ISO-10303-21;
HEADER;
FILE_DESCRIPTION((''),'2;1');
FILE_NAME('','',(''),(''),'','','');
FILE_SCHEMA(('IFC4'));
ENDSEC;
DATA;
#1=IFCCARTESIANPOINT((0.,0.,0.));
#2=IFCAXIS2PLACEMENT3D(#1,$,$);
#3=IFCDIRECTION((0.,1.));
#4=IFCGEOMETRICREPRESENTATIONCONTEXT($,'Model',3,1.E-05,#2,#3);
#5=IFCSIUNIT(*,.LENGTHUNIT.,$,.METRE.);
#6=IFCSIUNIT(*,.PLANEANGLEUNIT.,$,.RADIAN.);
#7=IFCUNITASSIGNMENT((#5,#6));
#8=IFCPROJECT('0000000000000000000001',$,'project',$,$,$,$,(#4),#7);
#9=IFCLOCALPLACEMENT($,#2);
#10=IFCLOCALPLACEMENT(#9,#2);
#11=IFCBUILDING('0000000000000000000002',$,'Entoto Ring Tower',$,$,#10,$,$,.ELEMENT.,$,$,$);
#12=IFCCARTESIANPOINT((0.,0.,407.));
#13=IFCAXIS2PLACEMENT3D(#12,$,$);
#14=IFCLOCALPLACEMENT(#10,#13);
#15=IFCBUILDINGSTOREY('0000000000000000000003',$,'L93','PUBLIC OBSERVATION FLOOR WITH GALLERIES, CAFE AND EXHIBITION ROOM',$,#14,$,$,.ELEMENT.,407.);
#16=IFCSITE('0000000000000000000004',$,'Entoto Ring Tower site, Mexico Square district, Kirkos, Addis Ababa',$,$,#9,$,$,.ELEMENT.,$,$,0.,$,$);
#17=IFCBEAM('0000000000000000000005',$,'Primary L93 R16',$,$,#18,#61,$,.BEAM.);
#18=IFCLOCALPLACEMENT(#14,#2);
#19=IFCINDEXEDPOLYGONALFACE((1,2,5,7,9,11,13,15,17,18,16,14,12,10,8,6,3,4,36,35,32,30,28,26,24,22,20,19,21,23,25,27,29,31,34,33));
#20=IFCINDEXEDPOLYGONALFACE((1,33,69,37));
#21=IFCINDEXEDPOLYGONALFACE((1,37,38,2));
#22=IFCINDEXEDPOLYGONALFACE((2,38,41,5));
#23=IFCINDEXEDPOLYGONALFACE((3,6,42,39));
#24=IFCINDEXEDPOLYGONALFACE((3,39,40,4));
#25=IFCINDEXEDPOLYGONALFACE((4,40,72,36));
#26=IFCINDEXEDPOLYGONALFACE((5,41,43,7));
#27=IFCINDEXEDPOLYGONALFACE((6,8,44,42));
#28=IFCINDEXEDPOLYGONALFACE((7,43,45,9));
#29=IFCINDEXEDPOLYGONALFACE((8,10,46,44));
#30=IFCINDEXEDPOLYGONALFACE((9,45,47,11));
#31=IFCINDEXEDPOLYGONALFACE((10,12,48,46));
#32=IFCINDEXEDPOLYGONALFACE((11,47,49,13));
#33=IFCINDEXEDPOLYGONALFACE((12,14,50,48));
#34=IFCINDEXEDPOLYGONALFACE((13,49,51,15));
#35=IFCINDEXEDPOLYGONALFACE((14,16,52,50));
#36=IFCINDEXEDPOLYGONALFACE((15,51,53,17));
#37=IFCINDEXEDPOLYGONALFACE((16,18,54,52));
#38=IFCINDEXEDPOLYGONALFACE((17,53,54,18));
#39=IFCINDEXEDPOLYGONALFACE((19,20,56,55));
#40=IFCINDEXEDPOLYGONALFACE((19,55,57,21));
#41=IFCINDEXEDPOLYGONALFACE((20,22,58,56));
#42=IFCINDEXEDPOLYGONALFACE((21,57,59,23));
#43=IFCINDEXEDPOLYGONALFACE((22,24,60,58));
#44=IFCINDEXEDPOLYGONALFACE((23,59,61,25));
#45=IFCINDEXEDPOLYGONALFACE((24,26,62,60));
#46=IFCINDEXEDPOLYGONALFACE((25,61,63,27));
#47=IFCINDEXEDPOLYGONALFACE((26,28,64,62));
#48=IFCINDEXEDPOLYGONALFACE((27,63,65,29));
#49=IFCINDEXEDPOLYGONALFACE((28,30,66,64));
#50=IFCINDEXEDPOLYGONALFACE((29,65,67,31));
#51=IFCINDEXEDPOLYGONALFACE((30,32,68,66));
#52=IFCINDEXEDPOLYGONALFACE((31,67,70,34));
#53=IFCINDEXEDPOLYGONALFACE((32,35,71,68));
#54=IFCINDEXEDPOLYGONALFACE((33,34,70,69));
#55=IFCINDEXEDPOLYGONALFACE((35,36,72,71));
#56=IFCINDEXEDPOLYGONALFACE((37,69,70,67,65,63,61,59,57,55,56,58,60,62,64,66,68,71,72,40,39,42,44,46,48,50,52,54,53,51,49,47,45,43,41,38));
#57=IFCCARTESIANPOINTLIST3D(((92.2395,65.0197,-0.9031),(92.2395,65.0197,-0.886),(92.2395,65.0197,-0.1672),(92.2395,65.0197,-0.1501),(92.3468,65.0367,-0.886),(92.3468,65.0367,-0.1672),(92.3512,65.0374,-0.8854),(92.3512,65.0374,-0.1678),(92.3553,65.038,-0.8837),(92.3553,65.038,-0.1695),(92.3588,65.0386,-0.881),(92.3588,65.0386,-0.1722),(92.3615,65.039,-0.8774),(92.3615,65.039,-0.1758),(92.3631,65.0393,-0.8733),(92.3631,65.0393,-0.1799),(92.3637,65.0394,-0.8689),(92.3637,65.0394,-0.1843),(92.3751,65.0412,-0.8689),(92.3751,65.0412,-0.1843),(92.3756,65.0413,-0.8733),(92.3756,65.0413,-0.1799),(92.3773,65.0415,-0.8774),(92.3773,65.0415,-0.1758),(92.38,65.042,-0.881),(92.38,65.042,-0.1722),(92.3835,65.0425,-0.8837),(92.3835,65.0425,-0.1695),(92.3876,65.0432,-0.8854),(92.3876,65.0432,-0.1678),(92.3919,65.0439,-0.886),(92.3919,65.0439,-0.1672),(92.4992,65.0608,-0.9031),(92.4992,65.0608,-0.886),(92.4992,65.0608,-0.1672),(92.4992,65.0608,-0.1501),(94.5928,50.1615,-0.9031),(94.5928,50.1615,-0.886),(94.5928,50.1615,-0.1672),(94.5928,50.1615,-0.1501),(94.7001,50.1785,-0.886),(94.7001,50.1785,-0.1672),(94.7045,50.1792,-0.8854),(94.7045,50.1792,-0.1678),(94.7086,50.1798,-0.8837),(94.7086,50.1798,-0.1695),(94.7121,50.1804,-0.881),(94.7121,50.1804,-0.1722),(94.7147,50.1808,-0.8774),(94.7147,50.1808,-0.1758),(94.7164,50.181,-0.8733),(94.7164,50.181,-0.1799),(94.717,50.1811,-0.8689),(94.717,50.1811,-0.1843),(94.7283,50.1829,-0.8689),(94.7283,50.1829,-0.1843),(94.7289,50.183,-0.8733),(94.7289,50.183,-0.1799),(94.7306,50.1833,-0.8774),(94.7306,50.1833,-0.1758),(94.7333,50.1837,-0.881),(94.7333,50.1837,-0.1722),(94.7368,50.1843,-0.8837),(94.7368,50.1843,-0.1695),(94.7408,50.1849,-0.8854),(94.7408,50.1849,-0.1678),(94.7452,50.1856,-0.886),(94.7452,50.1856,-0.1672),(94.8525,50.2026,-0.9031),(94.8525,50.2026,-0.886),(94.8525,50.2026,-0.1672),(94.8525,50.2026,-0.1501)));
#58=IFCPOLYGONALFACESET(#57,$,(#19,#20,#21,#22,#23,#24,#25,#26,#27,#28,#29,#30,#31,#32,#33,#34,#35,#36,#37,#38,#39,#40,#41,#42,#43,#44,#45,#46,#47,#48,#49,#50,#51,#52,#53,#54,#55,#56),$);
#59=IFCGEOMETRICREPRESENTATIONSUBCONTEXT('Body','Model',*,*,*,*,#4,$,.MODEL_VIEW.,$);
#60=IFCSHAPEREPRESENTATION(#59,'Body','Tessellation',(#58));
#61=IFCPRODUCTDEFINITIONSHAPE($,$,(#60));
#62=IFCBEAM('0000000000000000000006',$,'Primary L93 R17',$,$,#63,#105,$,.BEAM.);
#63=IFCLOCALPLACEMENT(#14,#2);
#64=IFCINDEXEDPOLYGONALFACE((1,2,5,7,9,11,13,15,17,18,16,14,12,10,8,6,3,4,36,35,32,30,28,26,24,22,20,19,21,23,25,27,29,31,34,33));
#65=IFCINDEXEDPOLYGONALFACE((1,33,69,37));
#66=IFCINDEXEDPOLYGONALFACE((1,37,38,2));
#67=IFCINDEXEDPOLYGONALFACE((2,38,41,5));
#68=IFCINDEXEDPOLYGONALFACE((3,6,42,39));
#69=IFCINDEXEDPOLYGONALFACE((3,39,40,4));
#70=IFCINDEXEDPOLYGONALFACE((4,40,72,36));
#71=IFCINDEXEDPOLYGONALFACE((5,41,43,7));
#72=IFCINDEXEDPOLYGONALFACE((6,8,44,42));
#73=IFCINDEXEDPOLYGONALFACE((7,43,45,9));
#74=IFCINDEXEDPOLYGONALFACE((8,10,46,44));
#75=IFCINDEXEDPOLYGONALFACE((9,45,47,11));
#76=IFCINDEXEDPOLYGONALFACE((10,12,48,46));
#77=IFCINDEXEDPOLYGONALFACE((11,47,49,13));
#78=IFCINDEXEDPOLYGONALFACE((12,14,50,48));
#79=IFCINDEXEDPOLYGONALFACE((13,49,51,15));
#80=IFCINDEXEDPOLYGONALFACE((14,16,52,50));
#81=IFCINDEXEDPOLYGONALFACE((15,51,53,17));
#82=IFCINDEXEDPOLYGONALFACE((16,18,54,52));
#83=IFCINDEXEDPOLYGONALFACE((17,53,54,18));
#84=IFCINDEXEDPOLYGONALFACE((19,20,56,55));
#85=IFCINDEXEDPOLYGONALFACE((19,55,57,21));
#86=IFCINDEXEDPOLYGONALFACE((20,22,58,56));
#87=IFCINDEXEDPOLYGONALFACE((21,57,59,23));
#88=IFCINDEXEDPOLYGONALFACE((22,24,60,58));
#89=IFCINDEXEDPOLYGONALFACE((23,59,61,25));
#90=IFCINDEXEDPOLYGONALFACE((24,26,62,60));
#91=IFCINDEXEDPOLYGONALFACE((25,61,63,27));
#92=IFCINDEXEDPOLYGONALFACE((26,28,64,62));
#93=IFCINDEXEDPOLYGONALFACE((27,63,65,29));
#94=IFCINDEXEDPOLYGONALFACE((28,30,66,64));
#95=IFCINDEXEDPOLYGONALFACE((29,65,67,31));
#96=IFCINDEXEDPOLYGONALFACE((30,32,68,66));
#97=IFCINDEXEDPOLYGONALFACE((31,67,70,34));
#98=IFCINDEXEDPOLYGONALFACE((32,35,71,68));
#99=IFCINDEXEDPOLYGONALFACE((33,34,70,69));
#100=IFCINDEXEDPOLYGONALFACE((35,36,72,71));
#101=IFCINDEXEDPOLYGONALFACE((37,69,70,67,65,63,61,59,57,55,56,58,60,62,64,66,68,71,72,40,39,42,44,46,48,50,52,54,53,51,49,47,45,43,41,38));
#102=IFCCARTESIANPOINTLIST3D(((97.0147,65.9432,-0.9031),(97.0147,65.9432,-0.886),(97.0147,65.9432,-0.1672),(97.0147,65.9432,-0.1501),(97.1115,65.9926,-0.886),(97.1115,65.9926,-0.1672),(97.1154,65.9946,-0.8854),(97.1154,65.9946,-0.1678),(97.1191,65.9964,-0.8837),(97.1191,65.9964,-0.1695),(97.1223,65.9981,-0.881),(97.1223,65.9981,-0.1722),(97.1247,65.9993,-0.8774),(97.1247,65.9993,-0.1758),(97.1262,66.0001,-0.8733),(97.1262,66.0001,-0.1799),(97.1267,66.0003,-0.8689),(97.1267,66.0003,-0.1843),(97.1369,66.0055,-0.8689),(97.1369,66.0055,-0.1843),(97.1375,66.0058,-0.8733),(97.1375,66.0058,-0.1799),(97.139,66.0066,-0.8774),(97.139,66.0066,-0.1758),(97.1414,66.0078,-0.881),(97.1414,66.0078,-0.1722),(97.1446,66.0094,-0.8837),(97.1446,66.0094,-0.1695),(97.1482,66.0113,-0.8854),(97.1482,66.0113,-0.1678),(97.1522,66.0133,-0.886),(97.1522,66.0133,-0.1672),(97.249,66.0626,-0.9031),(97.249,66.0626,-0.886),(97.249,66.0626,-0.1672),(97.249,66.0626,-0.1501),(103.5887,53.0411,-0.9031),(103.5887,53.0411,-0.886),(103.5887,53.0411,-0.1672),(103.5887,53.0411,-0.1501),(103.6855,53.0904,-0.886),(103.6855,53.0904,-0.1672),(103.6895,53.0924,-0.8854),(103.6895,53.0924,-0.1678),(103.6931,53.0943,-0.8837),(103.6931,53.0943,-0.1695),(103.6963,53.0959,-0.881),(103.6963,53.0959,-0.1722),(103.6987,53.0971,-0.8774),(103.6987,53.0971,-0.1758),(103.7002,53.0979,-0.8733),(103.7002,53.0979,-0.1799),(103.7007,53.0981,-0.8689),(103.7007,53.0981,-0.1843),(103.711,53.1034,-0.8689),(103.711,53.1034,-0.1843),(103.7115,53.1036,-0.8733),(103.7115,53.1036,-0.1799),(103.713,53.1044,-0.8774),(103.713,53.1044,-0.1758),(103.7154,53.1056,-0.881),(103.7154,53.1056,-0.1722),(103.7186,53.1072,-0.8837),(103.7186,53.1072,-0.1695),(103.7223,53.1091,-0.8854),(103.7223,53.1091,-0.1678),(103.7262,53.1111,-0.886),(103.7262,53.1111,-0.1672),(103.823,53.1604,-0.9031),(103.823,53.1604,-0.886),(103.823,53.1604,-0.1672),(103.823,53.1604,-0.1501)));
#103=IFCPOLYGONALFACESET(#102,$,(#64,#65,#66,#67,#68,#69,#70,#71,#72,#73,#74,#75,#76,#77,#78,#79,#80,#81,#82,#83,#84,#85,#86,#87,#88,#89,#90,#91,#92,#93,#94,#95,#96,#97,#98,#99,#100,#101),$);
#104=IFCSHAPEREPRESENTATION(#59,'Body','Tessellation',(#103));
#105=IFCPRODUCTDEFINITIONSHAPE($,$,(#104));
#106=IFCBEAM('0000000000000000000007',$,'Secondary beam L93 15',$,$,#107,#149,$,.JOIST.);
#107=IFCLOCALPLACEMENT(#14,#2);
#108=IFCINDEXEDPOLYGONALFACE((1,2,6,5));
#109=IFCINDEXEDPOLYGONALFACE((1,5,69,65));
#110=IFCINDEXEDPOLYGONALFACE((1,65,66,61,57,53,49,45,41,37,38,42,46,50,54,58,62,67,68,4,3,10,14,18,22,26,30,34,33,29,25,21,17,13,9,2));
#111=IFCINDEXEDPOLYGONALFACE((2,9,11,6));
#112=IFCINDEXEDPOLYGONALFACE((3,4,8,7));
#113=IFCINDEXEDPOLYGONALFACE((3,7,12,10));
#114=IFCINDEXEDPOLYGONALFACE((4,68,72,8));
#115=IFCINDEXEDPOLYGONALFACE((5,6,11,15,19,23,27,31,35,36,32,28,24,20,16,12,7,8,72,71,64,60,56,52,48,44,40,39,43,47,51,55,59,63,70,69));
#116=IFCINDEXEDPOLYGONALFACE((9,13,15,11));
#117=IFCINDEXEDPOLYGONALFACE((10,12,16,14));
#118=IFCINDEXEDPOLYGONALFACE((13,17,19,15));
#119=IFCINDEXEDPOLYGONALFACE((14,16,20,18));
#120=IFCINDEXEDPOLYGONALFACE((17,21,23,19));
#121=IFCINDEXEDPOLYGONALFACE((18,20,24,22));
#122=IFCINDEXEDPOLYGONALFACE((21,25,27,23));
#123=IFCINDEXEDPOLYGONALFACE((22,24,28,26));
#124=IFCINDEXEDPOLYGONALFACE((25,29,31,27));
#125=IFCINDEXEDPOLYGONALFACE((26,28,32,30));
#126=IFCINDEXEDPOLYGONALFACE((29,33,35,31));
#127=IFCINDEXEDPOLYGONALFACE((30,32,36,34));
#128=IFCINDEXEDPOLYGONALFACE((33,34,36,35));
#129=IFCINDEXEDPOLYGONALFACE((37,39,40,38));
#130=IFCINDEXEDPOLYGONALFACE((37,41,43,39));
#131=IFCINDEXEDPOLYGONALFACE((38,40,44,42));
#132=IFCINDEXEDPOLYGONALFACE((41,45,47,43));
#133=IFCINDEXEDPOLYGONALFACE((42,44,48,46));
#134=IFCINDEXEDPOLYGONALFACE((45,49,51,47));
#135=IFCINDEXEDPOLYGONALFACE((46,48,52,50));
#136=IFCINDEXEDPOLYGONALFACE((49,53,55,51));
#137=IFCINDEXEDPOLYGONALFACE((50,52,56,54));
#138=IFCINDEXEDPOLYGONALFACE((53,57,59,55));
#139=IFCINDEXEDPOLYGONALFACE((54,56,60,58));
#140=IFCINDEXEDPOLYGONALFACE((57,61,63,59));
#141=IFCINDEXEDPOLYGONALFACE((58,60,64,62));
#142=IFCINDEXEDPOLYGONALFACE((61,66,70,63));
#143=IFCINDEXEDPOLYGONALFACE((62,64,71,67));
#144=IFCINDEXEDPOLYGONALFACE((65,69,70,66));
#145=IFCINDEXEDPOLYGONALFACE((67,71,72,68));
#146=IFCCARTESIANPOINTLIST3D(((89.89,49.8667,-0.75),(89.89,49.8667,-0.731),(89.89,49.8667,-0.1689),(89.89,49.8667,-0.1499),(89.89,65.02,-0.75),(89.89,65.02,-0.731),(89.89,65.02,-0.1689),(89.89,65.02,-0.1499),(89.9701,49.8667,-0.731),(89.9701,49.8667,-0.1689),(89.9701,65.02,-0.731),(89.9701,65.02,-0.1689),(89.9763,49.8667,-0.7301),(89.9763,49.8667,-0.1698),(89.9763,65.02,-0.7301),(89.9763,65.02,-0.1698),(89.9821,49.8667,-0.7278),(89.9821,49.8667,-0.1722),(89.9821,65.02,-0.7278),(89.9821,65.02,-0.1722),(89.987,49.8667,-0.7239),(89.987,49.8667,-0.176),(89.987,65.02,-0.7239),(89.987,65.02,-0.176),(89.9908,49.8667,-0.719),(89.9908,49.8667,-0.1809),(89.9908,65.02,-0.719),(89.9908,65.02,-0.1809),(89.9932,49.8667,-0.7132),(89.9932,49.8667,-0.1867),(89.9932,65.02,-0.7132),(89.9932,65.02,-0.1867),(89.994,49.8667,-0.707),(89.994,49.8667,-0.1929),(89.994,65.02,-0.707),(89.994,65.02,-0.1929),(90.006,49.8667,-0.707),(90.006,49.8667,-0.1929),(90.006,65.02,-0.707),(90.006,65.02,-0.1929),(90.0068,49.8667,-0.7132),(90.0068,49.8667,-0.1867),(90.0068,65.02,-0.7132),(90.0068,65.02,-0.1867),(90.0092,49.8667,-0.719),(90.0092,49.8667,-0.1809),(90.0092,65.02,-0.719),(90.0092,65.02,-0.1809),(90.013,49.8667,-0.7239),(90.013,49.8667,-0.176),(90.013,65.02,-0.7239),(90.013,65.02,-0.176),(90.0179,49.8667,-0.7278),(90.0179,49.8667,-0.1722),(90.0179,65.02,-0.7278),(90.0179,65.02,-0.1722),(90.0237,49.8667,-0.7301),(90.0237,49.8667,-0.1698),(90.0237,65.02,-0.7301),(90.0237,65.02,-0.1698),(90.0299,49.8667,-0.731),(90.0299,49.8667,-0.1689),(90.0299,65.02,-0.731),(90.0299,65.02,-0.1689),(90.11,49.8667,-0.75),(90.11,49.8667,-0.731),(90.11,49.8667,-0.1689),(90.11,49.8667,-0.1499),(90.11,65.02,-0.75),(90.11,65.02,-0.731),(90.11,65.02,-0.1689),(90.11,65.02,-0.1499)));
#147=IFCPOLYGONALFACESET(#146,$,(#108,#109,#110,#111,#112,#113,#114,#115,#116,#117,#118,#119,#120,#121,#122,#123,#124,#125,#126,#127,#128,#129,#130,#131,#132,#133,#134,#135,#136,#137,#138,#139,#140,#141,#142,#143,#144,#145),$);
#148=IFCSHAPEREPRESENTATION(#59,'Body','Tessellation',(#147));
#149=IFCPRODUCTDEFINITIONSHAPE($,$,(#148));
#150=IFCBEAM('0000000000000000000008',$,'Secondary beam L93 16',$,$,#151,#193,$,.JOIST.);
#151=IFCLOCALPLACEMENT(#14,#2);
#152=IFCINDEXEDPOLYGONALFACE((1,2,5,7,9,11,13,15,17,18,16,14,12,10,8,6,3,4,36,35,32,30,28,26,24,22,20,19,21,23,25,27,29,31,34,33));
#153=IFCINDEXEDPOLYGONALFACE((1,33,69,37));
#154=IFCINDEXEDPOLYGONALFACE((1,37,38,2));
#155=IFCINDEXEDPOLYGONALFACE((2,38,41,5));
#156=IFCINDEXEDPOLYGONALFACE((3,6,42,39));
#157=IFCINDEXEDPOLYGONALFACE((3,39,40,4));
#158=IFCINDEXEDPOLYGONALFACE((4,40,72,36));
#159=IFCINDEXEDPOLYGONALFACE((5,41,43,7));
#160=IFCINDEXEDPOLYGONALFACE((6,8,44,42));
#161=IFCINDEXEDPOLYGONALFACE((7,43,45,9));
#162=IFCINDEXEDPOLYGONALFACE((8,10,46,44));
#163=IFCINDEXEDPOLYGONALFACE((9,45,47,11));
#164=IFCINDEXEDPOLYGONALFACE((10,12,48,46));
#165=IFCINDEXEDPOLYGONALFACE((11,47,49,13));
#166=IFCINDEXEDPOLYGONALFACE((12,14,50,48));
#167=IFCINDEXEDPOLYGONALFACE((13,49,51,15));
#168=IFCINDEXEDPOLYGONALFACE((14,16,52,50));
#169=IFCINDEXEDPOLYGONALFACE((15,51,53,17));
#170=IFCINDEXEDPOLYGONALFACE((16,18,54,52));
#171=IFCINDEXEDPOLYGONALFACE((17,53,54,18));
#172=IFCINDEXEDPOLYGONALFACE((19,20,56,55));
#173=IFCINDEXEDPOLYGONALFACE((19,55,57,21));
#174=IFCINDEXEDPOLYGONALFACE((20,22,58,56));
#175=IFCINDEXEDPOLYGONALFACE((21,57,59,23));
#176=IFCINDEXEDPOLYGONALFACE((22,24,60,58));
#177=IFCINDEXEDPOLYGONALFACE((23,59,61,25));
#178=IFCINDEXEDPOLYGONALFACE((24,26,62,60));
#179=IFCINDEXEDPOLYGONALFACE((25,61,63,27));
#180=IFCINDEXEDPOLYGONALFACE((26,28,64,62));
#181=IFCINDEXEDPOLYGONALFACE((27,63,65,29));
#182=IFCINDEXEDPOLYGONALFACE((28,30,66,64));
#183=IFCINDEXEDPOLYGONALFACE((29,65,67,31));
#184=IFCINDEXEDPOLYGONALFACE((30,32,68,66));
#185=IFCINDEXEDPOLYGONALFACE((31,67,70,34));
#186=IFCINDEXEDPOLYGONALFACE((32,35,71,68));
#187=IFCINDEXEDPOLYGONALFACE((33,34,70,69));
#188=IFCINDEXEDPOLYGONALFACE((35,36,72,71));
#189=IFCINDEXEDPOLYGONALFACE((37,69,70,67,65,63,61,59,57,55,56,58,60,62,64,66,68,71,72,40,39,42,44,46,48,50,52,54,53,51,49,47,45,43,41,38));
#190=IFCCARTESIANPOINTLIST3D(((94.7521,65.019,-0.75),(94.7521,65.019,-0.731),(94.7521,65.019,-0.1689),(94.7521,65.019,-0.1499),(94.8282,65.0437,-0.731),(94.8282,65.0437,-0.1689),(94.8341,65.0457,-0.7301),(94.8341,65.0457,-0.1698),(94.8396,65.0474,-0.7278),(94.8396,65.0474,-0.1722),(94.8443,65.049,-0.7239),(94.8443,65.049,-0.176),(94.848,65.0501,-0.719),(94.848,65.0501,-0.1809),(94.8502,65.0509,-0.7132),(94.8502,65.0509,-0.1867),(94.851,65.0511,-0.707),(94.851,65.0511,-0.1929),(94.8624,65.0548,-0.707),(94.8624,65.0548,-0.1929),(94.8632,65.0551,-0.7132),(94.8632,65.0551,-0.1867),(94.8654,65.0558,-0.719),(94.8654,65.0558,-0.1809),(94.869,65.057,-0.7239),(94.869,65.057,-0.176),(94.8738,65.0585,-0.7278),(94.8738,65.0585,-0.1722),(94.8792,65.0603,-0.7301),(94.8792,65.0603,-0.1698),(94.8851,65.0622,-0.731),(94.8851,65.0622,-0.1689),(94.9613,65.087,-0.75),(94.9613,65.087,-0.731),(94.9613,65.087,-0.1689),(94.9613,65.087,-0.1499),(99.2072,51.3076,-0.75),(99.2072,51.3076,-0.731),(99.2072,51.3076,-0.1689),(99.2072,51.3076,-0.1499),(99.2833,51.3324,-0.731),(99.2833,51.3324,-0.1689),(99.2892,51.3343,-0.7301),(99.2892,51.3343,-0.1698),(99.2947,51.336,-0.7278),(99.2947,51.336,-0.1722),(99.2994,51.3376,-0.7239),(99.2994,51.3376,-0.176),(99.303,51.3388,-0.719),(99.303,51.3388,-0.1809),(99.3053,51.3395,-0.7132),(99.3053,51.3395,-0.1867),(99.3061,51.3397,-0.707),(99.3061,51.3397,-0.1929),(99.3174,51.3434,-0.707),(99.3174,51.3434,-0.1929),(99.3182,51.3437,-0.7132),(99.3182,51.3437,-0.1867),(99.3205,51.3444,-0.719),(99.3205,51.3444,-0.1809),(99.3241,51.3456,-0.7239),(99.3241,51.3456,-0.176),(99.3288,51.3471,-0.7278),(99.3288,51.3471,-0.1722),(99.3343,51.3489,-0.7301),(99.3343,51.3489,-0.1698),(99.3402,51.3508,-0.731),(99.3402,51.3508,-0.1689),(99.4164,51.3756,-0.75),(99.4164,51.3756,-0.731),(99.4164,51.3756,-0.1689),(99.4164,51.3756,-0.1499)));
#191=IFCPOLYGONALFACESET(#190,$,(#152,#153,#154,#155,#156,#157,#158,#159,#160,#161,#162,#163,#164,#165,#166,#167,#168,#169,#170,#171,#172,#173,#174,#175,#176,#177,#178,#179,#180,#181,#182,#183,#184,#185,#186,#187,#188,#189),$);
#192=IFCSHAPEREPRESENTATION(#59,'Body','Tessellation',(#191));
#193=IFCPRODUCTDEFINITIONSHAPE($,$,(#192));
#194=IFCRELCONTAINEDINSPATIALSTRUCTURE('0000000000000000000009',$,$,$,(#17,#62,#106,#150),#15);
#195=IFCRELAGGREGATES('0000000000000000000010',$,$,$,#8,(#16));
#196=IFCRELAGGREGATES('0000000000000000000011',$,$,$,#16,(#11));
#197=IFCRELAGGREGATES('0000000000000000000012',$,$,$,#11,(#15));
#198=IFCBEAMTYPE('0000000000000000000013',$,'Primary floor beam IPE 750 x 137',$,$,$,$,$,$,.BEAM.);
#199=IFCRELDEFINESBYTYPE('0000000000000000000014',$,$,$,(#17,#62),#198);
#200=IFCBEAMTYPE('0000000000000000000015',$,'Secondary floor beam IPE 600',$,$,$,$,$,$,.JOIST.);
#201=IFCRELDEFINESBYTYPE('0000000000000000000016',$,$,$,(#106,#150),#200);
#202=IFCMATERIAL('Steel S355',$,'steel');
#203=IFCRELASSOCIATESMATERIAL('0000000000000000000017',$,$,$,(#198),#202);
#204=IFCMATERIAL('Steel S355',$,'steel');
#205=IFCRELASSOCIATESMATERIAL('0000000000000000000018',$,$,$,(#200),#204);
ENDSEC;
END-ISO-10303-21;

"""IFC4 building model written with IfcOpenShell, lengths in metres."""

from ifc_helpers import new_model, si_unit, direction, frame, origin, origin_2d, place, context, subcontext, project, spatial, i_section, extrude, material, material_profile, profile_set, type_object, element, save


model = new_model("IFC4")

# Units and contexts
model_context = context("Model", 3, precision=1e-05, world=origin(), true_north=direction((0.0, 1.0)))
body_context = subcontext(model_context, "Body", "Model", "MODEL_VIEW")
ifc_project = project(units=[si_unit("LENGTHUNIT", "METRE"), si_unit("PLANEANGLEUNIT", "RADIAN")], contexts=[model_context])

# Site, building, storey
site_placement = place(None, origin())
site = spatial("IfcSite", under=ifc_project, at=site_placement, Name="Entoto Ring Tower site, Mexico Square district, Kirkos, Addis Ababa", CompositionType="ELEMENT", RefElevation=0.0)
building_placement = place(site_placement, origin())
building = spatial("IfcBuilding", under=site, at=building_placement, Name="Entoto Ring Tower", CompositionType="ELEMENT")
storey_placement = place(building_placement, frame((0.0, 0.0, 407.0)))
storey = spatial("IfcBuildingStorey", under=building, at=storey_placement, Name="L93", Description="PUBLIC OBSERVATION FLOOR WITH GALLERIES, CAFE AND EXHIBITION ROOM", CompositionType="ELEMENT", Elevation=407.0)

# Beams
ifc_material_1 = material(Name="Steel S355", Category="steel")
ifc_material_profile_1 = material_profile(ifc_material_1, i_section(OverallWidth=0.2629, OverallDepth=0.7529, WebThickness=0.0115, FlangeThickness=0.0171, FilletRadius=0.0171, at=origin_2d()), Name="IPE 750 x 137")
ifc_profile_set_1 = profile_set([ifc_material_profile_1], Name="Steel S355")
beam_type_1 = type_object("IfcBeamType", Name="Primary floor beam IPE 750 x 137", PredefinedType="BEAM", material=ifc_profile_set_1)
beam_1_placement = place(storey_placement, frame((92.3694, 65.0403, -0.5266), z_axis=(0.156433, -0.987689, 0.0), x_axis=(0.987689, 0.156433, 0.0)))
element("IfcBeam", 1, at=beam_1_placement, inside=storey, type_object=beam_type_1, Name="Primary L93 R16", PredefinedType="BEAM", context=body_context, shape_type="SweptSolid", body=[
    extrude(i_section(OverallWidth=0.2629, OverallDepth=0.7529, WebThickness=0.0115, FlangeThickness=0.0171, FilletRadius=0.0171, at=origin_2d()), origin(), (0.0, 0.0, 1.0), 15.0435),
])
beam_2_placement = place(storey_placement, frame((97.1318, 66.0029, -0.5266), z_axis=(0.453992, -0.891006, 0.0), x_axis=(0.891006, 0.453992, 0.0)))
element("IfcBeam", 2, at=beam_2_placement, inside=storey, type_object=beam_type_1, Name="Primary L93 R17", PredefinedType="BEAM", context=body_context, shape_type="SweptSolid", body=[
    extrude(i_section(OverallWidth=0.2629, OverallDepth=0.7529, WebThickness=0.0115, FlangeThickness=0.0171, FilletRadius=0.0171, at=origin_2d()), origin(), (0.0, 0.0, 1.0), 14.4805),
])
ifc_material_2 = material(Name="Steel S355", Category="steel")
ifc_material_profile_2 = material_profile(ifc_material_2, i_section(OverallWidth=0.22, OverallDepth=0.6001, WebThickness=0.012, FlangeThickness=0.019, FilletRadius=0.0239, at=origin_2d()), Name="IPE 600")
ifc_profile_set_2 = profile_set([ifc_material_profile_2], Name="Steel S355")
beam_type_2 = type_object("IfcBeamType", Name="Secondary floor beam IPE 600", PredefinedType="JOIST", material=ifc_profile_set_2)
beam_3_placement = place(storey_placement, frame((90.0, 65.02, -0.45), z_axis=(0.0, -1.0, 0.0), x_axis=(1.0, 0.0, 0.0)))
element("IfcBeam", 3, at=beam_3_placement, inside=storey, type_object=beam_type_2, Name="Secondary beam L93 15", PredefinedType="JOIST", context=body_context, shape_type="SweptSolid", body=[
    extrude(i_section(OverallWidth=0.22, OverallDepth=0.6001, WebThickness=0.012, FlangeThickness=0.019, FilletRadius=0.0239, at=origin_2d()), origin(), (0.0, 0.0, 1.0), 15.1533),
])
beam_4_placement = place(storey_placement, frame((94.8567, 65.053, -0.45), z_axis=(0.309015, -0.951057, 0.0), x_axis=(0.951057, 0.309015, 0.0)))
element("IfcBeam", 4, at=beam_4_placement, inside=storey, type_object=beam_type_2, Name="Secondary beam L93 16", PredefinedType="JOIST", context=body_context, shape_type="SweptSolid", body=[
    extrude(i_section(OverallWidth=0.22, OverallDepth=0.6001, WebThickness=0.012, FlangeThickness=0.019, FilletRadius=0.0239, at=origin_2d()), origin(), (0.0, 0.0, 1.0), 14.417),
])

save(model, "model.ifc")
